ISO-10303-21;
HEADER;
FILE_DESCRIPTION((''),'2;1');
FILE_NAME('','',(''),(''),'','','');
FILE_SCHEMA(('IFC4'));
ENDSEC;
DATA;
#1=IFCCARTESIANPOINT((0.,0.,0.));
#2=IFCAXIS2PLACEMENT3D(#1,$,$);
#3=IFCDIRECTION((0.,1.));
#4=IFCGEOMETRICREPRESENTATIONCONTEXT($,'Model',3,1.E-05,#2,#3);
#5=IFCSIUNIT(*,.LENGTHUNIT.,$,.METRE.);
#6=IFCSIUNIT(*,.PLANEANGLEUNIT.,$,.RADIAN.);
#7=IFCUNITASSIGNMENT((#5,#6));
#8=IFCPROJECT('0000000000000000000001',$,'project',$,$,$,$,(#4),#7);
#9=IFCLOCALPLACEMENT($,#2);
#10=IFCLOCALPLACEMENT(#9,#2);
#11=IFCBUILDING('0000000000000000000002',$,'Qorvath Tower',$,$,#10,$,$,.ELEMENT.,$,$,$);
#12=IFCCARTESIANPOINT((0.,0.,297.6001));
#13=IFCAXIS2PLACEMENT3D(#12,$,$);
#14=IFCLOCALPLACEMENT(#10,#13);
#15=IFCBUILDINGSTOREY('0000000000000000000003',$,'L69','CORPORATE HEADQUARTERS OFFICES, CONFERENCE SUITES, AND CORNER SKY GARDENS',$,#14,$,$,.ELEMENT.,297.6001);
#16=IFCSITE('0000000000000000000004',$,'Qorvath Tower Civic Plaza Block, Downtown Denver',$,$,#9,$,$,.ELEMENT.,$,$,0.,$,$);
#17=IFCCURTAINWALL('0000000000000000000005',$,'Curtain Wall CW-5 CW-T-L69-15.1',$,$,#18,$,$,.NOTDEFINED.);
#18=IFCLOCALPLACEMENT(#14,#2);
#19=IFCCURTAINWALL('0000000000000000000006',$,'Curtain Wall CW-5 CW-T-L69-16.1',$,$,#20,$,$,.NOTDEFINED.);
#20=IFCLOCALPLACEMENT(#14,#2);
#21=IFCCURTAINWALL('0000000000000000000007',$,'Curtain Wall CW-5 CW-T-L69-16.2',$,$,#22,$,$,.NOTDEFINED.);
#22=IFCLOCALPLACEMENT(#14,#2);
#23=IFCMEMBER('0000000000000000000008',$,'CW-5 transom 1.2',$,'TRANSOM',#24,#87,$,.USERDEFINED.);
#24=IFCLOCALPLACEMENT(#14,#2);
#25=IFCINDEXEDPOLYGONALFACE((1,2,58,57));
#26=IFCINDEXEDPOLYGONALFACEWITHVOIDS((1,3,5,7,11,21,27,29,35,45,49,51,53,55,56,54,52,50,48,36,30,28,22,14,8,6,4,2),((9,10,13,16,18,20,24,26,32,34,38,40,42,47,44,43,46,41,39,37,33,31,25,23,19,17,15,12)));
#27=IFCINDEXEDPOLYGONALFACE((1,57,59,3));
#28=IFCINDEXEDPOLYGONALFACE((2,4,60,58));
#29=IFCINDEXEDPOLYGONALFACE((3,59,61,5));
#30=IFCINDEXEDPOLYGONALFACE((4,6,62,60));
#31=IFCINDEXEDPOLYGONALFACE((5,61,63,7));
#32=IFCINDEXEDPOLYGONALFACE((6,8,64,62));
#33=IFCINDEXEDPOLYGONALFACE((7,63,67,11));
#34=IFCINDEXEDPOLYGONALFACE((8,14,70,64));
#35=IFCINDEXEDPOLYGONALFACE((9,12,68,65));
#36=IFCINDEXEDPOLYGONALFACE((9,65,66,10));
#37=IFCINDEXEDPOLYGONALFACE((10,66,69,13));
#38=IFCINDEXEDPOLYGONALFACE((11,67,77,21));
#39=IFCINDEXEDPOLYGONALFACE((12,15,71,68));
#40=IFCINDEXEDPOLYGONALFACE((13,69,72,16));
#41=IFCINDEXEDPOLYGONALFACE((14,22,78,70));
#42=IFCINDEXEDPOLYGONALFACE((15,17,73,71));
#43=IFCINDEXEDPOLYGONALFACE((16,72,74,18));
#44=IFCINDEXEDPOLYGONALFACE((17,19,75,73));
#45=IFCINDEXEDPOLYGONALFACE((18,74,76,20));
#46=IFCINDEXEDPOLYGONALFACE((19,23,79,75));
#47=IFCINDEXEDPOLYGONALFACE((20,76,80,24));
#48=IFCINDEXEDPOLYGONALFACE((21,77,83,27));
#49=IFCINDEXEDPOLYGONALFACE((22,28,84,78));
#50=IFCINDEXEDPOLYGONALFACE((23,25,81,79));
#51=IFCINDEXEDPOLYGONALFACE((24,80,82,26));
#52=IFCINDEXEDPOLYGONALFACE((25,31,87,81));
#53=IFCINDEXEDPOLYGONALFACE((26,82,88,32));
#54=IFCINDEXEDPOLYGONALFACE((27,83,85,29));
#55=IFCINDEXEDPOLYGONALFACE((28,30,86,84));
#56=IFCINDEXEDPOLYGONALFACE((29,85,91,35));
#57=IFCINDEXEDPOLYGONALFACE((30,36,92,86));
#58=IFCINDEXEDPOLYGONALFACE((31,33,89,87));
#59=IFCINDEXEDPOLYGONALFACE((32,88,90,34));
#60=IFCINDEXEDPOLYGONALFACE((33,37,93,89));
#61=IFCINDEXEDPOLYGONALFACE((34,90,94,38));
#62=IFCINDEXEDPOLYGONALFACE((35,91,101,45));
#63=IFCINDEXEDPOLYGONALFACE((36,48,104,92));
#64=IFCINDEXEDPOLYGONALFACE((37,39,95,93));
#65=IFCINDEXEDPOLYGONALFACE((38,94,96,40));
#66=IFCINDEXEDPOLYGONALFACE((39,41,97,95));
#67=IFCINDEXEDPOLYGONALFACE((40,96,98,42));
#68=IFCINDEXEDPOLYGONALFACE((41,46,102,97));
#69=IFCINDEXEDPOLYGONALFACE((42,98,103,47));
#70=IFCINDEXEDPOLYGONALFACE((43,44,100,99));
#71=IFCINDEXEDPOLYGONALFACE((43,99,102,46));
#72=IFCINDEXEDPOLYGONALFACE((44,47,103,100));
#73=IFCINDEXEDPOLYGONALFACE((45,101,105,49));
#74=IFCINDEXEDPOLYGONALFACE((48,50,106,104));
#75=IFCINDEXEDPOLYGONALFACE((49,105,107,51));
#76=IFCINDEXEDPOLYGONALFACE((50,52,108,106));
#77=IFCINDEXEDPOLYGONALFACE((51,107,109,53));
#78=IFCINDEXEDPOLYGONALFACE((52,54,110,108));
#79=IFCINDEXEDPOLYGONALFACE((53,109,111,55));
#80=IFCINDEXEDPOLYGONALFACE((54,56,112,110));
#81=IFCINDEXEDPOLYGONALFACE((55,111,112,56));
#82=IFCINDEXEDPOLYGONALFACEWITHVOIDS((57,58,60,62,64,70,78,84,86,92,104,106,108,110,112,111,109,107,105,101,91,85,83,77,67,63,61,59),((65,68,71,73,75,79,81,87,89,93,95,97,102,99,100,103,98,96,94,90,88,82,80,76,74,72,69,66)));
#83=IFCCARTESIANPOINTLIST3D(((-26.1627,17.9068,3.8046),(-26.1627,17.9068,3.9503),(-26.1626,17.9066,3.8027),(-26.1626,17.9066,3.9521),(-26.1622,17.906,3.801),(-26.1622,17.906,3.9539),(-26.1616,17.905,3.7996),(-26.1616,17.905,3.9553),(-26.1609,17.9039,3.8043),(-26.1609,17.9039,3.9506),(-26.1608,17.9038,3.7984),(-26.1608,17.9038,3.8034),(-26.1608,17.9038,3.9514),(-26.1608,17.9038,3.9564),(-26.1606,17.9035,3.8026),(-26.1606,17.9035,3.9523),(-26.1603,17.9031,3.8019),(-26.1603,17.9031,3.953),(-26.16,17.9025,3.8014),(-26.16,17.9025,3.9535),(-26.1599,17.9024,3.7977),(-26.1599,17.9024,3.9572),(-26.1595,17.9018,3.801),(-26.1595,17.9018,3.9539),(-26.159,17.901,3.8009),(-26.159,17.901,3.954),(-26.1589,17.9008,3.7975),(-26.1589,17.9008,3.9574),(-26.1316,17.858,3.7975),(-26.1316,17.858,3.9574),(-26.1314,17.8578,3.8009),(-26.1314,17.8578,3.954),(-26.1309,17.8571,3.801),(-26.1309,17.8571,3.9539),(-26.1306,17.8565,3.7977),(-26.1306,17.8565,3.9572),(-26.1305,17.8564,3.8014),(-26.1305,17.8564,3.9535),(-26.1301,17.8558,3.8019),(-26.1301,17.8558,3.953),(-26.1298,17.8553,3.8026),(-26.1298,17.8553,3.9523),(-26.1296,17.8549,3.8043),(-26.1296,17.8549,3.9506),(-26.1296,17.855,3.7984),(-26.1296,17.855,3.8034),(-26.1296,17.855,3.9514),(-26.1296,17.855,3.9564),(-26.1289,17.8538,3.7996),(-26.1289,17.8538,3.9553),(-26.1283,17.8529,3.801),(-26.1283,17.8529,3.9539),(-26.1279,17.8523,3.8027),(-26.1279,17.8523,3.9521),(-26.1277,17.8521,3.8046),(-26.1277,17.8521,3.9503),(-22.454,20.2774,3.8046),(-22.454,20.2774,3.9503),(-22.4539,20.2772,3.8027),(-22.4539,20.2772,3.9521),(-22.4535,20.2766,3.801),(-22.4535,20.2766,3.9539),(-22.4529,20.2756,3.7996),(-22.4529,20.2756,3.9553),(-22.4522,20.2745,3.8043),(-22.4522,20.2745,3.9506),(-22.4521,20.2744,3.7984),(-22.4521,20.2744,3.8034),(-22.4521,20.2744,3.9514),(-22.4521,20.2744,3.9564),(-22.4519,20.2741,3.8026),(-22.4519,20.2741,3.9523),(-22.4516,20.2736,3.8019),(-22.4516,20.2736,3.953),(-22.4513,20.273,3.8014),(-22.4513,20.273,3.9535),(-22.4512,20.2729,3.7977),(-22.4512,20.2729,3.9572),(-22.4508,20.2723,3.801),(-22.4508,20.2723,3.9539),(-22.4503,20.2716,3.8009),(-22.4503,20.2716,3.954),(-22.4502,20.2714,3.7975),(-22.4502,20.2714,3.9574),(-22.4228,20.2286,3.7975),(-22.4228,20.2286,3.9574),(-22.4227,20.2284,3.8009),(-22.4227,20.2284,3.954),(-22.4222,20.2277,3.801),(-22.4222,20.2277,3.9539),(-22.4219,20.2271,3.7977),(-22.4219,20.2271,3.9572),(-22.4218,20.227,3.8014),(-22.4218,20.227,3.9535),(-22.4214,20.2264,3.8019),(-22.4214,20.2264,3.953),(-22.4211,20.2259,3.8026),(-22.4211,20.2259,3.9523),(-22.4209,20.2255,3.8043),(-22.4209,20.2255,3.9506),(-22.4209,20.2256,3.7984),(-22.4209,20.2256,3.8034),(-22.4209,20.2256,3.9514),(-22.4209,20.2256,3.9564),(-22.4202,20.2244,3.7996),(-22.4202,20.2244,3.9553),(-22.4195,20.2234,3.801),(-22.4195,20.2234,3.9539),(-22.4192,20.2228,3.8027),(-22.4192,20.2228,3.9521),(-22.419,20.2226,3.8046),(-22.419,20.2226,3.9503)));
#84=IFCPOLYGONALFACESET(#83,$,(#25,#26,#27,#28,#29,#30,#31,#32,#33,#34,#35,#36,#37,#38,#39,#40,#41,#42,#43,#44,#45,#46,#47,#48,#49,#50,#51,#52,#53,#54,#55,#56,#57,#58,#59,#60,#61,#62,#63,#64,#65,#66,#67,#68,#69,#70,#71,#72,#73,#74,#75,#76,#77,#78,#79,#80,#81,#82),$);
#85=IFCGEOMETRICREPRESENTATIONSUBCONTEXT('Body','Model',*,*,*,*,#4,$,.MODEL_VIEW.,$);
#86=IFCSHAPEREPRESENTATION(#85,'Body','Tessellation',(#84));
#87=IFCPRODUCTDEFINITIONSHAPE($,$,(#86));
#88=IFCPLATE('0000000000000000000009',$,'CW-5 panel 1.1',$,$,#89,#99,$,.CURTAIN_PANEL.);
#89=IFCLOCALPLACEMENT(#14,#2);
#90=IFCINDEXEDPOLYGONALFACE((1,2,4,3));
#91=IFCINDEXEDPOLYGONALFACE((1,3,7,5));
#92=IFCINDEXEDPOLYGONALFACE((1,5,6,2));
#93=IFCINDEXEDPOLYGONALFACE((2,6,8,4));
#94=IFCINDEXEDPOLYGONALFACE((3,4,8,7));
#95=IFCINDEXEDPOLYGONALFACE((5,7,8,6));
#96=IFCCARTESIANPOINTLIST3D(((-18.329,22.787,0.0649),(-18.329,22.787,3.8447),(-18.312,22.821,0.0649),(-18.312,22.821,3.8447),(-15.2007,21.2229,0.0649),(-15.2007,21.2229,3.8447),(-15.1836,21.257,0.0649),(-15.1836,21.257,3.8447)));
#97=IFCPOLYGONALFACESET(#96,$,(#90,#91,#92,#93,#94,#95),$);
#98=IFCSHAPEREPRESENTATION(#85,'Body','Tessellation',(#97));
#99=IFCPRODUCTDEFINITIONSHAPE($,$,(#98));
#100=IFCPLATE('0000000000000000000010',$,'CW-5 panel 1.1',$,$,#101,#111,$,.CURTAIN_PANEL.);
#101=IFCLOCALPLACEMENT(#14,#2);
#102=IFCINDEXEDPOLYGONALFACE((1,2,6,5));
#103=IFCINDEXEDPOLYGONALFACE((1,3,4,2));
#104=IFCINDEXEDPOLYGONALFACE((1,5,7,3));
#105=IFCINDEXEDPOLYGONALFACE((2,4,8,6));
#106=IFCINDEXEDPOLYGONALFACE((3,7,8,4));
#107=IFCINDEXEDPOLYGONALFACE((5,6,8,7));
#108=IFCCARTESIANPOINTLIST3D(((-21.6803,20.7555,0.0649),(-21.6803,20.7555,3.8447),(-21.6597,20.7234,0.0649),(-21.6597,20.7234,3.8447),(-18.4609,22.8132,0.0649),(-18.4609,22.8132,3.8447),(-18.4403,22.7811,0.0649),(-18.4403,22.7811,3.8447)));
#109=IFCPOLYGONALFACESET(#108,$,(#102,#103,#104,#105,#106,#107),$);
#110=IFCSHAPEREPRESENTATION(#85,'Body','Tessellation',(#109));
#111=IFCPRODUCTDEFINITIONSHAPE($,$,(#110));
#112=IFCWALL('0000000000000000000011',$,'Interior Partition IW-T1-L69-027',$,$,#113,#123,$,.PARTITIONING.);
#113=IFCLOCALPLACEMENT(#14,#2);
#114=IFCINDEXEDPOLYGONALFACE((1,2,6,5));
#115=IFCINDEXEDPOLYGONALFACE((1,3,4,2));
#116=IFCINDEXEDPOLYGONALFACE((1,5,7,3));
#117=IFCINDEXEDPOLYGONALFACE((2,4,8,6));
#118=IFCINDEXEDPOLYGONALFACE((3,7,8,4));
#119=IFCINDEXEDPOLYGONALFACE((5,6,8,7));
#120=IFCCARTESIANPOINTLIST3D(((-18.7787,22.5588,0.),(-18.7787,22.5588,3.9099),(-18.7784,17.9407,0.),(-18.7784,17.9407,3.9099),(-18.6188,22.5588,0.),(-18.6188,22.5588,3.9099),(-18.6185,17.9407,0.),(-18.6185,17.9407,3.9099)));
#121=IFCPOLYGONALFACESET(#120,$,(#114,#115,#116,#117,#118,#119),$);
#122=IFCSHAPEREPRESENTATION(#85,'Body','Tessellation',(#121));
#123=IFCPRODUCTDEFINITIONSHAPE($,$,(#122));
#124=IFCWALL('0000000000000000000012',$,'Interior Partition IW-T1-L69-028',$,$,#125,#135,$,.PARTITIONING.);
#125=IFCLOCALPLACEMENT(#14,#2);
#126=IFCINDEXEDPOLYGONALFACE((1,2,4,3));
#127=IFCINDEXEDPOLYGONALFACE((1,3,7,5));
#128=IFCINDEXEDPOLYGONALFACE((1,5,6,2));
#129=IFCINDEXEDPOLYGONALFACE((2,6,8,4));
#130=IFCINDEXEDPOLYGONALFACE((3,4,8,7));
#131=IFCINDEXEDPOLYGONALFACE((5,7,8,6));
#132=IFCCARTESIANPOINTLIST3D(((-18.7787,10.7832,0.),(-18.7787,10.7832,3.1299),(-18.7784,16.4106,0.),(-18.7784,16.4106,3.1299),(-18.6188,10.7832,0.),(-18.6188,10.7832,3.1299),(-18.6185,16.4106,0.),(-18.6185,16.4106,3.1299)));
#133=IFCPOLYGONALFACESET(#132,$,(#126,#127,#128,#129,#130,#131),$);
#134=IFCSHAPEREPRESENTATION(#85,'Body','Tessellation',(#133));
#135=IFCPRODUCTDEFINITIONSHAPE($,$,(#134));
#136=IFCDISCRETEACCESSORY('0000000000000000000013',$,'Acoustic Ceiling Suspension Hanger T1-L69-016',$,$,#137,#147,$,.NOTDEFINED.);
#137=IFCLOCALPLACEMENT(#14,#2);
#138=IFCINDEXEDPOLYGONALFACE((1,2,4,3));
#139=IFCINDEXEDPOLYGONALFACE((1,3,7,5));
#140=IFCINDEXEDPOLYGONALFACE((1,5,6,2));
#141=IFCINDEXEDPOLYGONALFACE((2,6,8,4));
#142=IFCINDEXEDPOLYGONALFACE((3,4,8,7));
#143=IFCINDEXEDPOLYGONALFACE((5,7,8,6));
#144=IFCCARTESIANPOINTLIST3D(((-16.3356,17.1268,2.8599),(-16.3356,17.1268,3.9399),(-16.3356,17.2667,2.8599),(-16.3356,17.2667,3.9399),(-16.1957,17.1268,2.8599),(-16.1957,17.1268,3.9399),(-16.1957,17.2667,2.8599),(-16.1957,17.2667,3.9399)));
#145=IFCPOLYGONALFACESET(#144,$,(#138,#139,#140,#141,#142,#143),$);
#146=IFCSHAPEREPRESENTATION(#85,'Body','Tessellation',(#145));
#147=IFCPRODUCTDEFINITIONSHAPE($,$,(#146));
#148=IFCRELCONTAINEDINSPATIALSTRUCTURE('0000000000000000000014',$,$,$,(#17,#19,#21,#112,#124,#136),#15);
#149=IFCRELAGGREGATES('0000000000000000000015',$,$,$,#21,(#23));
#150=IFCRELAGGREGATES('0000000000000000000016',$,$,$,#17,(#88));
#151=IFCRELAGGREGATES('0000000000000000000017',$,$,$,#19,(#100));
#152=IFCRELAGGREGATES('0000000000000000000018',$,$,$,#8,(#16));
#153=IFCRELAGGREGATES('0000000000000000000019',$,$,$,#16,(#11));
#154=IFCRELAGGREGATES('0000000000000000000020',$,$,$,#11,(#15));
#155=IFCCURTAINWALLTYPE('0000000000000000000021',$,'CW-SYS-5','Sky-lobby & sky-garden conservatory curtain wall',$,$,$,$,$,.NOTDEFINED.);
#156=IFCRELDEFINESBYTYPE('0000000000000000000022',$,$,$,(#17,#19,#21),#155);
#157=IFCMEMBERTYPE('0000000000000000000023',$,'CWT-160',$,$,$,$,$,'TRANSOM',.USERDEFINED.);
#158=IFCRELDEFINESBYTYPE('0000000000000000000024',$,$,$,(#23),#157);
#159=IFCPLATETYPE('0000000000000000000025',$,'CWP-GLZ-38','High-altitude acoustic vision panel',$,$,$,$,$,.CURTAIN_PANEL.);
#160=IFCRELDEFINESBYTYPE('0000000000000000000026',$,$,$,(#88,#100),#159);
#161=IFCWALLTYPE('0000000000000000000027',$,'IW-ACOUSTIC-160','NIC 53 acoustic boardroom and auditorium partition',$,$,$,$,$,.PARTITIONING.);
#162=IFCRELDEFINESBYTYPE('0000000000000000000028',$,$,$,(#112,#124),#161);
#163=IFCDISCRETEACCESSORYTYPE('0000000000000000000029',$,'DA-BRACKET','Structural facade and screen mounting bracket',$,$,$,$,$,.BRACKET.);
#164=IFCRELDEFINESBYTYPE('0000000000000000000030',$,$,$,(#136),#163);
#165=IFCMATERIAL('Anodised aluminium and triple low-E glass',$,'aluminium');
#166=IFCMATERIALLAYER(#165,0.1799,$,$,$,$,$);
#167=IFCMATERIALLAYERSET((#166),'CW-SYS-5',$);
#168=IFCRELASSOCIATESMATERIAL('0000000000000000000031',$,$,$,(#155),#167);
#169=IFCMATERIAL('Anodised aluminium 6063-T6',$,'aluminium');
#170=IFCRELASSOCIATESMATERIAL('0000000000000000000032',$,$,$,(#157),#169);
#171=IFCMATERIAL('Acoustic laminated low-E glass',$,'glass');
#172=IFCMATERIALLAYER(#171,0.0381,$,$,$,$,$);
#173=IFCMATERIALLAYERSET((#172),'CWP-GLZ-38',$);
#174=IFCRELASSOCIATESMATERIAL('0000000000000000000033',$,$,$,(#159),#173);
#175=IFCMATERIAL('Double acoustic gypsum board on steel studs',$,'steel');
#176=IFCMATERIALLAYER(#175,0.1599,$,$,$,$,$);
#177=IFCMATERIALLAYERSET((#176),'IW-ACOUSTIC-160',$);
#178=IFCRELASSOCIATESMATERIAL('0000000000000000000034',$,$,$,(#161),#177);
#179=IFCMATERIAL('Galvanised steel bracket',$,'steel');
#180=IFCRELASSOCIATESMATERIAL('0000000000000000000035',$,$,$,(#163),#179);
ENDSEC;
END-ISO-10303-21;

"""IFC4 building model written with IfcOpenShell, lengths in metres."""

from ifc_helpers import new_model, si_unit, direction, frame, frame_2d, origin, origin_2d, place, context, subcontext, project, spatial, rectangle, hollow_rectangle, extrude, material, layer, layer_set, material_profile, profile_set, type_object, element, aggregate, save


model = new_model("IFC4")

# Units and contexts
model_context = context("Model", 3, precision=1e-05, world=origin(), true_north=direction((0.0, 1.0)))
body_context = subcontext(model_context, "Body", "Model", "MODEL_VIEW")
ifc_project = project(units=[si_unit("LENGTHUNIT", "METRE"), si_unit("PLANEANGLEUNIT", "RADIAN")], contexts=[model_context])

# Site, building, storey
site_placement = place(None, origin())
site = spatial("IfcSite", under=ifc_project, at=site_placement, Name="Qorvath Tower Civic Plaza Block, Downtown Denver", CompositionType="ELEMENT", RefElevation=0.0)
building_placement = place(site_placement, origin())
building = spatial("IfcBuilding", under=site, at=building_placement, Name="Qorvath Tower", CompositionType="ELEMENT")
storey_placement = place(building_placement, frame((0.0, 0.0, 297.6001)))
storey = spatial("IfcBuildingStorey", under=building, at=storey_placement, Name="L69", Description="CORPORATE HEADQUARTERS OFFICES, CONFERENCE SUITES, AND CORNER SKY GARDENS", CompositionType="ELEMENT", Elevation=297.6001)

# Curtain wall
ifc_material_1 = material(Name="Anodised aluminium and triple low-E glass", Category="aluminium")
ifc_layer_1 = layer(ifc_material_1, 0.1799)
ifc_layer_set_1 = layer_set([ifc_layer_1], Name="CW-SYS-5")
curtain_wall_type = type_object("IfcCurtainWallType", Name="CW-SYS-5", Description="Sky-lobby & sky-garden conservatory curtain wall", PredefinedType="NOTDEFINED", material=ifc_layer_set_1)
curtain_wall_1_placement = place(storey_placement, origin())
curtain_wall_1 = element("IfcCurtainWall", 1, at=curtain_wall_1_placement, inside=storey, type_object=curtain_wall_type, Name="Curtain Wall CW-5 CW-T-L69-15.1", PredefinedType="NOTDEFINED")

# Curtain wall
curtain_wall_2_placement = place(storey_placement, origin())
curtain_wall_2 = element("IfcCurtainWall", 2, at=curtain_wall_2_placement, inside=storey, type_object=curtain_wall_type, Name="Curtain Wall CW-5 CW-T-L69-16.1", PredefinedType="NOTDEFINED")

# Curtain wall
curtain_wall_3_placement = place(storey_placement, origin())
curtain_wall_3 = element("IfcCurtainWall", 3, at=curtain_wall_3_placement, inside=storey, type_object=curtain_wall_type, Name="Curtain Wall CW-5 CW-T-L69-16.2", PredefinedType="NOTDEFINED")

# Member
ifc_material_2 = material(Name="Anodised aluminium 6063-T6", Category="aluminium")
ifc_material_profile_1 = material_profile(ifc_material_2, hollow_rectangle(XDim=0.0649, YDim=0.1599, WallThickness=0.0034, InnerFilletRadius=0.0034, OuterFilletRadius=0.0071, at=origin_2d()), Name="CWT 160x65")
ifc_profile_set_1 = profile_set([ifc_material_profile_1], Name="Anodised aluminium 6063-T6")
member_type_1 = type_object("IfcMemberType", Name="CWT-160", ElementType="TRANSOM", PredefinedType="USERDEFINED", material=ifc_profile_set_1)
member_1_placement = place(storey_placement, frame((-22.4365, 20.25, 3.8774), z_axis=(-0.84258, -0.538572, 0.0), x_axis=(0.538572, -0.84258, 0.0)))
member_1 = element("IfcMember", 4, at=member_1_placement, type_object=member_type_1, Name="CW-5 transom 1.2", ObjectType="TRANSOM", PredefinedType="USERDEFINED", context=body_context, shape_type="SweptSolid", body=[
    extrude(hollow_rectangle(XDim=0.0649, YDim=0.1599, WallThickness=0.0034, InnerFilletRadius=0.0034, OuterFilletRadius=0.0071, at=origin_2d()), origin(), (0.0, 0.0, 1.0), 4.4016),
])
aggregate(curtain_wall_3, [member_1])

# Plates
ifc_material_3 = material(Name="Acoustic laminated low-E glass", Category="glass")
ifc_layer_2 = layer(ifc_material_3, 0.0381)
ifc_layer_set_2 = layer_set([ifc_layer_2], Name="CWP-GLZ-38")
plate_type = type_object("IfcPlateType", Name="CWP-GLZ-38", Description="High-altitude acoustic vision panel", PredefinedType="CURTAIN_PANEL", material=ifc_layer_set_2)
plate_1_placement = place(storey_placement, frame((-16.7563, 22.022, 0.0649), z_axis=(0.0, 0.0, 1.0), x_axis=(-0.894444, 0.447181, 0.0)))
plate_1 = element("IfcPlate", 5, at=plate_1_placement, type_object=plate_type, Name="CW-5 panel 1.1", PredefinedType="CURTAIN_PANEL", context=body_context, shape_type="SweptSolid", body=[
    extrude(rectangle(XDim=3.4976, YDim=0.0381, at=origin_2d()), origin(), (0.0, 0.0, 1.0), 3.7798),
])
aggregate(curtain_wall_1, [plate_1])
plate_2_placement = place(storey_placement, frame((-20.0603, 21.7683, 0.0649), z_axis=(0.0, 0.0, 1.0), x_axis=(-0.842597, -0.538545, 0.0)))
plate_2 = element("IfcPlate", 6, at=plate_2_placement, type_object=plate_type, Name="CW-5 panel 1.1", PredefinedType="CURTAIN_PANEL", context=body_context, shape_type="SweptSolid", body=[
    extrude(rectangle(XDim=3.8208, YDim=0.0381, at=origin_2d()), origin(), (0.0, 0.0, 1.0), 3.7798),
])
aggregate(curtain_wall_2, [plate_2])

# Walls
ifc_material_4 = material(Name="Double acoustic gypsum board on steel studs", Category="steel")
ifc_layer_3 = layer(ifc_material_4, 0.1599)
ifc_layer_set_3 = layer_set([ifc_layer_3], Name="IW-ACOUSTIC-160")
wall_type = type_object("IfcWallType", Name="IW-ACOUSTIC-160", Description="NIC 53 acoustic boardroom and auditorium partition", PredefinedType="PARTITIONING", material=ifc_layer_set_3)
wall_1_placement = place(storey_placement, frame((-18.6987, 22.5588, 0.0), z_axis=(0.0, 0.0, 1.0), x_axis=(0.000053, -1.0, 0.0)))
element("IfcWall", 7, at=wall_1_placement, inside=storey, type_object=wall_type, Name="Interior Partition IW-T1-L69-027", PredefinedType="PARTITIONING", context=body_context, shape_type="SweptSolid", body=[
    extrude(rectangle(XDim=4.6182, YDim=0.1599, at=frame_2d((2.3091, 0.0))), origin(), (0.0, 0.0, 1.0), 3.9099),
])
wall_2_placement = place(storey_placement, frame((-18.6985, 16.4106, 0.0), z_axis=(0.0, 0.0, 1.0), x_axis=(-0.000043, -1.0, 0.0)))
element("IfcWall", 8, at=wall_2_placement, inside=storey, type_object=wall_type, Name="Interior Partition IW-T1-L69-028", PredefinedType="PARTITIONING", context=body_context, shape_type="SweptSolid", body=[
    extrude(rectangle(XDim=5.6274, YDim=0.1599, at=frame_2d((2.8137, 0.0))), origin(), (0.0, 0.0, 1.0), 3.1299),
])

# Discrete accessory
ifc_material_5 = material(Name="Galvanised steel bracket", Category="steel")
discrete_accessory_type = type_object("IfcDiscreteAccessoryType", Name="DA-BRACKET", Description="Structural facade and screen mounting bracket", PredefinedType="BRACKET", material=ifc_material_5)
discrete_accessory_placement = place(storey_placement, frame((-16.2656, 17.1968, 2.8599), z_axis=(0.0, 0.0, 1.0), x_axis=(1.0, 0.0, 0.0)))
element("IfcDiscreteAccessory", 9, at=discrete_accessory_placement, inside=storey, type_object=discrete_accessory_type, Name="Acoustic Ceiling Suspension Hanger T1-L69-016", PredefinedType="NOTDEFINED", context=body_context, shape_type="SweptSolid", body=[
    extrude(rectangle(XDim=0.1399, YDim=0.1399, at=origin_2d()), origin(), (0.0, 0.0, 1.0), 1.0801),
])

save(model, "model.ifc")
